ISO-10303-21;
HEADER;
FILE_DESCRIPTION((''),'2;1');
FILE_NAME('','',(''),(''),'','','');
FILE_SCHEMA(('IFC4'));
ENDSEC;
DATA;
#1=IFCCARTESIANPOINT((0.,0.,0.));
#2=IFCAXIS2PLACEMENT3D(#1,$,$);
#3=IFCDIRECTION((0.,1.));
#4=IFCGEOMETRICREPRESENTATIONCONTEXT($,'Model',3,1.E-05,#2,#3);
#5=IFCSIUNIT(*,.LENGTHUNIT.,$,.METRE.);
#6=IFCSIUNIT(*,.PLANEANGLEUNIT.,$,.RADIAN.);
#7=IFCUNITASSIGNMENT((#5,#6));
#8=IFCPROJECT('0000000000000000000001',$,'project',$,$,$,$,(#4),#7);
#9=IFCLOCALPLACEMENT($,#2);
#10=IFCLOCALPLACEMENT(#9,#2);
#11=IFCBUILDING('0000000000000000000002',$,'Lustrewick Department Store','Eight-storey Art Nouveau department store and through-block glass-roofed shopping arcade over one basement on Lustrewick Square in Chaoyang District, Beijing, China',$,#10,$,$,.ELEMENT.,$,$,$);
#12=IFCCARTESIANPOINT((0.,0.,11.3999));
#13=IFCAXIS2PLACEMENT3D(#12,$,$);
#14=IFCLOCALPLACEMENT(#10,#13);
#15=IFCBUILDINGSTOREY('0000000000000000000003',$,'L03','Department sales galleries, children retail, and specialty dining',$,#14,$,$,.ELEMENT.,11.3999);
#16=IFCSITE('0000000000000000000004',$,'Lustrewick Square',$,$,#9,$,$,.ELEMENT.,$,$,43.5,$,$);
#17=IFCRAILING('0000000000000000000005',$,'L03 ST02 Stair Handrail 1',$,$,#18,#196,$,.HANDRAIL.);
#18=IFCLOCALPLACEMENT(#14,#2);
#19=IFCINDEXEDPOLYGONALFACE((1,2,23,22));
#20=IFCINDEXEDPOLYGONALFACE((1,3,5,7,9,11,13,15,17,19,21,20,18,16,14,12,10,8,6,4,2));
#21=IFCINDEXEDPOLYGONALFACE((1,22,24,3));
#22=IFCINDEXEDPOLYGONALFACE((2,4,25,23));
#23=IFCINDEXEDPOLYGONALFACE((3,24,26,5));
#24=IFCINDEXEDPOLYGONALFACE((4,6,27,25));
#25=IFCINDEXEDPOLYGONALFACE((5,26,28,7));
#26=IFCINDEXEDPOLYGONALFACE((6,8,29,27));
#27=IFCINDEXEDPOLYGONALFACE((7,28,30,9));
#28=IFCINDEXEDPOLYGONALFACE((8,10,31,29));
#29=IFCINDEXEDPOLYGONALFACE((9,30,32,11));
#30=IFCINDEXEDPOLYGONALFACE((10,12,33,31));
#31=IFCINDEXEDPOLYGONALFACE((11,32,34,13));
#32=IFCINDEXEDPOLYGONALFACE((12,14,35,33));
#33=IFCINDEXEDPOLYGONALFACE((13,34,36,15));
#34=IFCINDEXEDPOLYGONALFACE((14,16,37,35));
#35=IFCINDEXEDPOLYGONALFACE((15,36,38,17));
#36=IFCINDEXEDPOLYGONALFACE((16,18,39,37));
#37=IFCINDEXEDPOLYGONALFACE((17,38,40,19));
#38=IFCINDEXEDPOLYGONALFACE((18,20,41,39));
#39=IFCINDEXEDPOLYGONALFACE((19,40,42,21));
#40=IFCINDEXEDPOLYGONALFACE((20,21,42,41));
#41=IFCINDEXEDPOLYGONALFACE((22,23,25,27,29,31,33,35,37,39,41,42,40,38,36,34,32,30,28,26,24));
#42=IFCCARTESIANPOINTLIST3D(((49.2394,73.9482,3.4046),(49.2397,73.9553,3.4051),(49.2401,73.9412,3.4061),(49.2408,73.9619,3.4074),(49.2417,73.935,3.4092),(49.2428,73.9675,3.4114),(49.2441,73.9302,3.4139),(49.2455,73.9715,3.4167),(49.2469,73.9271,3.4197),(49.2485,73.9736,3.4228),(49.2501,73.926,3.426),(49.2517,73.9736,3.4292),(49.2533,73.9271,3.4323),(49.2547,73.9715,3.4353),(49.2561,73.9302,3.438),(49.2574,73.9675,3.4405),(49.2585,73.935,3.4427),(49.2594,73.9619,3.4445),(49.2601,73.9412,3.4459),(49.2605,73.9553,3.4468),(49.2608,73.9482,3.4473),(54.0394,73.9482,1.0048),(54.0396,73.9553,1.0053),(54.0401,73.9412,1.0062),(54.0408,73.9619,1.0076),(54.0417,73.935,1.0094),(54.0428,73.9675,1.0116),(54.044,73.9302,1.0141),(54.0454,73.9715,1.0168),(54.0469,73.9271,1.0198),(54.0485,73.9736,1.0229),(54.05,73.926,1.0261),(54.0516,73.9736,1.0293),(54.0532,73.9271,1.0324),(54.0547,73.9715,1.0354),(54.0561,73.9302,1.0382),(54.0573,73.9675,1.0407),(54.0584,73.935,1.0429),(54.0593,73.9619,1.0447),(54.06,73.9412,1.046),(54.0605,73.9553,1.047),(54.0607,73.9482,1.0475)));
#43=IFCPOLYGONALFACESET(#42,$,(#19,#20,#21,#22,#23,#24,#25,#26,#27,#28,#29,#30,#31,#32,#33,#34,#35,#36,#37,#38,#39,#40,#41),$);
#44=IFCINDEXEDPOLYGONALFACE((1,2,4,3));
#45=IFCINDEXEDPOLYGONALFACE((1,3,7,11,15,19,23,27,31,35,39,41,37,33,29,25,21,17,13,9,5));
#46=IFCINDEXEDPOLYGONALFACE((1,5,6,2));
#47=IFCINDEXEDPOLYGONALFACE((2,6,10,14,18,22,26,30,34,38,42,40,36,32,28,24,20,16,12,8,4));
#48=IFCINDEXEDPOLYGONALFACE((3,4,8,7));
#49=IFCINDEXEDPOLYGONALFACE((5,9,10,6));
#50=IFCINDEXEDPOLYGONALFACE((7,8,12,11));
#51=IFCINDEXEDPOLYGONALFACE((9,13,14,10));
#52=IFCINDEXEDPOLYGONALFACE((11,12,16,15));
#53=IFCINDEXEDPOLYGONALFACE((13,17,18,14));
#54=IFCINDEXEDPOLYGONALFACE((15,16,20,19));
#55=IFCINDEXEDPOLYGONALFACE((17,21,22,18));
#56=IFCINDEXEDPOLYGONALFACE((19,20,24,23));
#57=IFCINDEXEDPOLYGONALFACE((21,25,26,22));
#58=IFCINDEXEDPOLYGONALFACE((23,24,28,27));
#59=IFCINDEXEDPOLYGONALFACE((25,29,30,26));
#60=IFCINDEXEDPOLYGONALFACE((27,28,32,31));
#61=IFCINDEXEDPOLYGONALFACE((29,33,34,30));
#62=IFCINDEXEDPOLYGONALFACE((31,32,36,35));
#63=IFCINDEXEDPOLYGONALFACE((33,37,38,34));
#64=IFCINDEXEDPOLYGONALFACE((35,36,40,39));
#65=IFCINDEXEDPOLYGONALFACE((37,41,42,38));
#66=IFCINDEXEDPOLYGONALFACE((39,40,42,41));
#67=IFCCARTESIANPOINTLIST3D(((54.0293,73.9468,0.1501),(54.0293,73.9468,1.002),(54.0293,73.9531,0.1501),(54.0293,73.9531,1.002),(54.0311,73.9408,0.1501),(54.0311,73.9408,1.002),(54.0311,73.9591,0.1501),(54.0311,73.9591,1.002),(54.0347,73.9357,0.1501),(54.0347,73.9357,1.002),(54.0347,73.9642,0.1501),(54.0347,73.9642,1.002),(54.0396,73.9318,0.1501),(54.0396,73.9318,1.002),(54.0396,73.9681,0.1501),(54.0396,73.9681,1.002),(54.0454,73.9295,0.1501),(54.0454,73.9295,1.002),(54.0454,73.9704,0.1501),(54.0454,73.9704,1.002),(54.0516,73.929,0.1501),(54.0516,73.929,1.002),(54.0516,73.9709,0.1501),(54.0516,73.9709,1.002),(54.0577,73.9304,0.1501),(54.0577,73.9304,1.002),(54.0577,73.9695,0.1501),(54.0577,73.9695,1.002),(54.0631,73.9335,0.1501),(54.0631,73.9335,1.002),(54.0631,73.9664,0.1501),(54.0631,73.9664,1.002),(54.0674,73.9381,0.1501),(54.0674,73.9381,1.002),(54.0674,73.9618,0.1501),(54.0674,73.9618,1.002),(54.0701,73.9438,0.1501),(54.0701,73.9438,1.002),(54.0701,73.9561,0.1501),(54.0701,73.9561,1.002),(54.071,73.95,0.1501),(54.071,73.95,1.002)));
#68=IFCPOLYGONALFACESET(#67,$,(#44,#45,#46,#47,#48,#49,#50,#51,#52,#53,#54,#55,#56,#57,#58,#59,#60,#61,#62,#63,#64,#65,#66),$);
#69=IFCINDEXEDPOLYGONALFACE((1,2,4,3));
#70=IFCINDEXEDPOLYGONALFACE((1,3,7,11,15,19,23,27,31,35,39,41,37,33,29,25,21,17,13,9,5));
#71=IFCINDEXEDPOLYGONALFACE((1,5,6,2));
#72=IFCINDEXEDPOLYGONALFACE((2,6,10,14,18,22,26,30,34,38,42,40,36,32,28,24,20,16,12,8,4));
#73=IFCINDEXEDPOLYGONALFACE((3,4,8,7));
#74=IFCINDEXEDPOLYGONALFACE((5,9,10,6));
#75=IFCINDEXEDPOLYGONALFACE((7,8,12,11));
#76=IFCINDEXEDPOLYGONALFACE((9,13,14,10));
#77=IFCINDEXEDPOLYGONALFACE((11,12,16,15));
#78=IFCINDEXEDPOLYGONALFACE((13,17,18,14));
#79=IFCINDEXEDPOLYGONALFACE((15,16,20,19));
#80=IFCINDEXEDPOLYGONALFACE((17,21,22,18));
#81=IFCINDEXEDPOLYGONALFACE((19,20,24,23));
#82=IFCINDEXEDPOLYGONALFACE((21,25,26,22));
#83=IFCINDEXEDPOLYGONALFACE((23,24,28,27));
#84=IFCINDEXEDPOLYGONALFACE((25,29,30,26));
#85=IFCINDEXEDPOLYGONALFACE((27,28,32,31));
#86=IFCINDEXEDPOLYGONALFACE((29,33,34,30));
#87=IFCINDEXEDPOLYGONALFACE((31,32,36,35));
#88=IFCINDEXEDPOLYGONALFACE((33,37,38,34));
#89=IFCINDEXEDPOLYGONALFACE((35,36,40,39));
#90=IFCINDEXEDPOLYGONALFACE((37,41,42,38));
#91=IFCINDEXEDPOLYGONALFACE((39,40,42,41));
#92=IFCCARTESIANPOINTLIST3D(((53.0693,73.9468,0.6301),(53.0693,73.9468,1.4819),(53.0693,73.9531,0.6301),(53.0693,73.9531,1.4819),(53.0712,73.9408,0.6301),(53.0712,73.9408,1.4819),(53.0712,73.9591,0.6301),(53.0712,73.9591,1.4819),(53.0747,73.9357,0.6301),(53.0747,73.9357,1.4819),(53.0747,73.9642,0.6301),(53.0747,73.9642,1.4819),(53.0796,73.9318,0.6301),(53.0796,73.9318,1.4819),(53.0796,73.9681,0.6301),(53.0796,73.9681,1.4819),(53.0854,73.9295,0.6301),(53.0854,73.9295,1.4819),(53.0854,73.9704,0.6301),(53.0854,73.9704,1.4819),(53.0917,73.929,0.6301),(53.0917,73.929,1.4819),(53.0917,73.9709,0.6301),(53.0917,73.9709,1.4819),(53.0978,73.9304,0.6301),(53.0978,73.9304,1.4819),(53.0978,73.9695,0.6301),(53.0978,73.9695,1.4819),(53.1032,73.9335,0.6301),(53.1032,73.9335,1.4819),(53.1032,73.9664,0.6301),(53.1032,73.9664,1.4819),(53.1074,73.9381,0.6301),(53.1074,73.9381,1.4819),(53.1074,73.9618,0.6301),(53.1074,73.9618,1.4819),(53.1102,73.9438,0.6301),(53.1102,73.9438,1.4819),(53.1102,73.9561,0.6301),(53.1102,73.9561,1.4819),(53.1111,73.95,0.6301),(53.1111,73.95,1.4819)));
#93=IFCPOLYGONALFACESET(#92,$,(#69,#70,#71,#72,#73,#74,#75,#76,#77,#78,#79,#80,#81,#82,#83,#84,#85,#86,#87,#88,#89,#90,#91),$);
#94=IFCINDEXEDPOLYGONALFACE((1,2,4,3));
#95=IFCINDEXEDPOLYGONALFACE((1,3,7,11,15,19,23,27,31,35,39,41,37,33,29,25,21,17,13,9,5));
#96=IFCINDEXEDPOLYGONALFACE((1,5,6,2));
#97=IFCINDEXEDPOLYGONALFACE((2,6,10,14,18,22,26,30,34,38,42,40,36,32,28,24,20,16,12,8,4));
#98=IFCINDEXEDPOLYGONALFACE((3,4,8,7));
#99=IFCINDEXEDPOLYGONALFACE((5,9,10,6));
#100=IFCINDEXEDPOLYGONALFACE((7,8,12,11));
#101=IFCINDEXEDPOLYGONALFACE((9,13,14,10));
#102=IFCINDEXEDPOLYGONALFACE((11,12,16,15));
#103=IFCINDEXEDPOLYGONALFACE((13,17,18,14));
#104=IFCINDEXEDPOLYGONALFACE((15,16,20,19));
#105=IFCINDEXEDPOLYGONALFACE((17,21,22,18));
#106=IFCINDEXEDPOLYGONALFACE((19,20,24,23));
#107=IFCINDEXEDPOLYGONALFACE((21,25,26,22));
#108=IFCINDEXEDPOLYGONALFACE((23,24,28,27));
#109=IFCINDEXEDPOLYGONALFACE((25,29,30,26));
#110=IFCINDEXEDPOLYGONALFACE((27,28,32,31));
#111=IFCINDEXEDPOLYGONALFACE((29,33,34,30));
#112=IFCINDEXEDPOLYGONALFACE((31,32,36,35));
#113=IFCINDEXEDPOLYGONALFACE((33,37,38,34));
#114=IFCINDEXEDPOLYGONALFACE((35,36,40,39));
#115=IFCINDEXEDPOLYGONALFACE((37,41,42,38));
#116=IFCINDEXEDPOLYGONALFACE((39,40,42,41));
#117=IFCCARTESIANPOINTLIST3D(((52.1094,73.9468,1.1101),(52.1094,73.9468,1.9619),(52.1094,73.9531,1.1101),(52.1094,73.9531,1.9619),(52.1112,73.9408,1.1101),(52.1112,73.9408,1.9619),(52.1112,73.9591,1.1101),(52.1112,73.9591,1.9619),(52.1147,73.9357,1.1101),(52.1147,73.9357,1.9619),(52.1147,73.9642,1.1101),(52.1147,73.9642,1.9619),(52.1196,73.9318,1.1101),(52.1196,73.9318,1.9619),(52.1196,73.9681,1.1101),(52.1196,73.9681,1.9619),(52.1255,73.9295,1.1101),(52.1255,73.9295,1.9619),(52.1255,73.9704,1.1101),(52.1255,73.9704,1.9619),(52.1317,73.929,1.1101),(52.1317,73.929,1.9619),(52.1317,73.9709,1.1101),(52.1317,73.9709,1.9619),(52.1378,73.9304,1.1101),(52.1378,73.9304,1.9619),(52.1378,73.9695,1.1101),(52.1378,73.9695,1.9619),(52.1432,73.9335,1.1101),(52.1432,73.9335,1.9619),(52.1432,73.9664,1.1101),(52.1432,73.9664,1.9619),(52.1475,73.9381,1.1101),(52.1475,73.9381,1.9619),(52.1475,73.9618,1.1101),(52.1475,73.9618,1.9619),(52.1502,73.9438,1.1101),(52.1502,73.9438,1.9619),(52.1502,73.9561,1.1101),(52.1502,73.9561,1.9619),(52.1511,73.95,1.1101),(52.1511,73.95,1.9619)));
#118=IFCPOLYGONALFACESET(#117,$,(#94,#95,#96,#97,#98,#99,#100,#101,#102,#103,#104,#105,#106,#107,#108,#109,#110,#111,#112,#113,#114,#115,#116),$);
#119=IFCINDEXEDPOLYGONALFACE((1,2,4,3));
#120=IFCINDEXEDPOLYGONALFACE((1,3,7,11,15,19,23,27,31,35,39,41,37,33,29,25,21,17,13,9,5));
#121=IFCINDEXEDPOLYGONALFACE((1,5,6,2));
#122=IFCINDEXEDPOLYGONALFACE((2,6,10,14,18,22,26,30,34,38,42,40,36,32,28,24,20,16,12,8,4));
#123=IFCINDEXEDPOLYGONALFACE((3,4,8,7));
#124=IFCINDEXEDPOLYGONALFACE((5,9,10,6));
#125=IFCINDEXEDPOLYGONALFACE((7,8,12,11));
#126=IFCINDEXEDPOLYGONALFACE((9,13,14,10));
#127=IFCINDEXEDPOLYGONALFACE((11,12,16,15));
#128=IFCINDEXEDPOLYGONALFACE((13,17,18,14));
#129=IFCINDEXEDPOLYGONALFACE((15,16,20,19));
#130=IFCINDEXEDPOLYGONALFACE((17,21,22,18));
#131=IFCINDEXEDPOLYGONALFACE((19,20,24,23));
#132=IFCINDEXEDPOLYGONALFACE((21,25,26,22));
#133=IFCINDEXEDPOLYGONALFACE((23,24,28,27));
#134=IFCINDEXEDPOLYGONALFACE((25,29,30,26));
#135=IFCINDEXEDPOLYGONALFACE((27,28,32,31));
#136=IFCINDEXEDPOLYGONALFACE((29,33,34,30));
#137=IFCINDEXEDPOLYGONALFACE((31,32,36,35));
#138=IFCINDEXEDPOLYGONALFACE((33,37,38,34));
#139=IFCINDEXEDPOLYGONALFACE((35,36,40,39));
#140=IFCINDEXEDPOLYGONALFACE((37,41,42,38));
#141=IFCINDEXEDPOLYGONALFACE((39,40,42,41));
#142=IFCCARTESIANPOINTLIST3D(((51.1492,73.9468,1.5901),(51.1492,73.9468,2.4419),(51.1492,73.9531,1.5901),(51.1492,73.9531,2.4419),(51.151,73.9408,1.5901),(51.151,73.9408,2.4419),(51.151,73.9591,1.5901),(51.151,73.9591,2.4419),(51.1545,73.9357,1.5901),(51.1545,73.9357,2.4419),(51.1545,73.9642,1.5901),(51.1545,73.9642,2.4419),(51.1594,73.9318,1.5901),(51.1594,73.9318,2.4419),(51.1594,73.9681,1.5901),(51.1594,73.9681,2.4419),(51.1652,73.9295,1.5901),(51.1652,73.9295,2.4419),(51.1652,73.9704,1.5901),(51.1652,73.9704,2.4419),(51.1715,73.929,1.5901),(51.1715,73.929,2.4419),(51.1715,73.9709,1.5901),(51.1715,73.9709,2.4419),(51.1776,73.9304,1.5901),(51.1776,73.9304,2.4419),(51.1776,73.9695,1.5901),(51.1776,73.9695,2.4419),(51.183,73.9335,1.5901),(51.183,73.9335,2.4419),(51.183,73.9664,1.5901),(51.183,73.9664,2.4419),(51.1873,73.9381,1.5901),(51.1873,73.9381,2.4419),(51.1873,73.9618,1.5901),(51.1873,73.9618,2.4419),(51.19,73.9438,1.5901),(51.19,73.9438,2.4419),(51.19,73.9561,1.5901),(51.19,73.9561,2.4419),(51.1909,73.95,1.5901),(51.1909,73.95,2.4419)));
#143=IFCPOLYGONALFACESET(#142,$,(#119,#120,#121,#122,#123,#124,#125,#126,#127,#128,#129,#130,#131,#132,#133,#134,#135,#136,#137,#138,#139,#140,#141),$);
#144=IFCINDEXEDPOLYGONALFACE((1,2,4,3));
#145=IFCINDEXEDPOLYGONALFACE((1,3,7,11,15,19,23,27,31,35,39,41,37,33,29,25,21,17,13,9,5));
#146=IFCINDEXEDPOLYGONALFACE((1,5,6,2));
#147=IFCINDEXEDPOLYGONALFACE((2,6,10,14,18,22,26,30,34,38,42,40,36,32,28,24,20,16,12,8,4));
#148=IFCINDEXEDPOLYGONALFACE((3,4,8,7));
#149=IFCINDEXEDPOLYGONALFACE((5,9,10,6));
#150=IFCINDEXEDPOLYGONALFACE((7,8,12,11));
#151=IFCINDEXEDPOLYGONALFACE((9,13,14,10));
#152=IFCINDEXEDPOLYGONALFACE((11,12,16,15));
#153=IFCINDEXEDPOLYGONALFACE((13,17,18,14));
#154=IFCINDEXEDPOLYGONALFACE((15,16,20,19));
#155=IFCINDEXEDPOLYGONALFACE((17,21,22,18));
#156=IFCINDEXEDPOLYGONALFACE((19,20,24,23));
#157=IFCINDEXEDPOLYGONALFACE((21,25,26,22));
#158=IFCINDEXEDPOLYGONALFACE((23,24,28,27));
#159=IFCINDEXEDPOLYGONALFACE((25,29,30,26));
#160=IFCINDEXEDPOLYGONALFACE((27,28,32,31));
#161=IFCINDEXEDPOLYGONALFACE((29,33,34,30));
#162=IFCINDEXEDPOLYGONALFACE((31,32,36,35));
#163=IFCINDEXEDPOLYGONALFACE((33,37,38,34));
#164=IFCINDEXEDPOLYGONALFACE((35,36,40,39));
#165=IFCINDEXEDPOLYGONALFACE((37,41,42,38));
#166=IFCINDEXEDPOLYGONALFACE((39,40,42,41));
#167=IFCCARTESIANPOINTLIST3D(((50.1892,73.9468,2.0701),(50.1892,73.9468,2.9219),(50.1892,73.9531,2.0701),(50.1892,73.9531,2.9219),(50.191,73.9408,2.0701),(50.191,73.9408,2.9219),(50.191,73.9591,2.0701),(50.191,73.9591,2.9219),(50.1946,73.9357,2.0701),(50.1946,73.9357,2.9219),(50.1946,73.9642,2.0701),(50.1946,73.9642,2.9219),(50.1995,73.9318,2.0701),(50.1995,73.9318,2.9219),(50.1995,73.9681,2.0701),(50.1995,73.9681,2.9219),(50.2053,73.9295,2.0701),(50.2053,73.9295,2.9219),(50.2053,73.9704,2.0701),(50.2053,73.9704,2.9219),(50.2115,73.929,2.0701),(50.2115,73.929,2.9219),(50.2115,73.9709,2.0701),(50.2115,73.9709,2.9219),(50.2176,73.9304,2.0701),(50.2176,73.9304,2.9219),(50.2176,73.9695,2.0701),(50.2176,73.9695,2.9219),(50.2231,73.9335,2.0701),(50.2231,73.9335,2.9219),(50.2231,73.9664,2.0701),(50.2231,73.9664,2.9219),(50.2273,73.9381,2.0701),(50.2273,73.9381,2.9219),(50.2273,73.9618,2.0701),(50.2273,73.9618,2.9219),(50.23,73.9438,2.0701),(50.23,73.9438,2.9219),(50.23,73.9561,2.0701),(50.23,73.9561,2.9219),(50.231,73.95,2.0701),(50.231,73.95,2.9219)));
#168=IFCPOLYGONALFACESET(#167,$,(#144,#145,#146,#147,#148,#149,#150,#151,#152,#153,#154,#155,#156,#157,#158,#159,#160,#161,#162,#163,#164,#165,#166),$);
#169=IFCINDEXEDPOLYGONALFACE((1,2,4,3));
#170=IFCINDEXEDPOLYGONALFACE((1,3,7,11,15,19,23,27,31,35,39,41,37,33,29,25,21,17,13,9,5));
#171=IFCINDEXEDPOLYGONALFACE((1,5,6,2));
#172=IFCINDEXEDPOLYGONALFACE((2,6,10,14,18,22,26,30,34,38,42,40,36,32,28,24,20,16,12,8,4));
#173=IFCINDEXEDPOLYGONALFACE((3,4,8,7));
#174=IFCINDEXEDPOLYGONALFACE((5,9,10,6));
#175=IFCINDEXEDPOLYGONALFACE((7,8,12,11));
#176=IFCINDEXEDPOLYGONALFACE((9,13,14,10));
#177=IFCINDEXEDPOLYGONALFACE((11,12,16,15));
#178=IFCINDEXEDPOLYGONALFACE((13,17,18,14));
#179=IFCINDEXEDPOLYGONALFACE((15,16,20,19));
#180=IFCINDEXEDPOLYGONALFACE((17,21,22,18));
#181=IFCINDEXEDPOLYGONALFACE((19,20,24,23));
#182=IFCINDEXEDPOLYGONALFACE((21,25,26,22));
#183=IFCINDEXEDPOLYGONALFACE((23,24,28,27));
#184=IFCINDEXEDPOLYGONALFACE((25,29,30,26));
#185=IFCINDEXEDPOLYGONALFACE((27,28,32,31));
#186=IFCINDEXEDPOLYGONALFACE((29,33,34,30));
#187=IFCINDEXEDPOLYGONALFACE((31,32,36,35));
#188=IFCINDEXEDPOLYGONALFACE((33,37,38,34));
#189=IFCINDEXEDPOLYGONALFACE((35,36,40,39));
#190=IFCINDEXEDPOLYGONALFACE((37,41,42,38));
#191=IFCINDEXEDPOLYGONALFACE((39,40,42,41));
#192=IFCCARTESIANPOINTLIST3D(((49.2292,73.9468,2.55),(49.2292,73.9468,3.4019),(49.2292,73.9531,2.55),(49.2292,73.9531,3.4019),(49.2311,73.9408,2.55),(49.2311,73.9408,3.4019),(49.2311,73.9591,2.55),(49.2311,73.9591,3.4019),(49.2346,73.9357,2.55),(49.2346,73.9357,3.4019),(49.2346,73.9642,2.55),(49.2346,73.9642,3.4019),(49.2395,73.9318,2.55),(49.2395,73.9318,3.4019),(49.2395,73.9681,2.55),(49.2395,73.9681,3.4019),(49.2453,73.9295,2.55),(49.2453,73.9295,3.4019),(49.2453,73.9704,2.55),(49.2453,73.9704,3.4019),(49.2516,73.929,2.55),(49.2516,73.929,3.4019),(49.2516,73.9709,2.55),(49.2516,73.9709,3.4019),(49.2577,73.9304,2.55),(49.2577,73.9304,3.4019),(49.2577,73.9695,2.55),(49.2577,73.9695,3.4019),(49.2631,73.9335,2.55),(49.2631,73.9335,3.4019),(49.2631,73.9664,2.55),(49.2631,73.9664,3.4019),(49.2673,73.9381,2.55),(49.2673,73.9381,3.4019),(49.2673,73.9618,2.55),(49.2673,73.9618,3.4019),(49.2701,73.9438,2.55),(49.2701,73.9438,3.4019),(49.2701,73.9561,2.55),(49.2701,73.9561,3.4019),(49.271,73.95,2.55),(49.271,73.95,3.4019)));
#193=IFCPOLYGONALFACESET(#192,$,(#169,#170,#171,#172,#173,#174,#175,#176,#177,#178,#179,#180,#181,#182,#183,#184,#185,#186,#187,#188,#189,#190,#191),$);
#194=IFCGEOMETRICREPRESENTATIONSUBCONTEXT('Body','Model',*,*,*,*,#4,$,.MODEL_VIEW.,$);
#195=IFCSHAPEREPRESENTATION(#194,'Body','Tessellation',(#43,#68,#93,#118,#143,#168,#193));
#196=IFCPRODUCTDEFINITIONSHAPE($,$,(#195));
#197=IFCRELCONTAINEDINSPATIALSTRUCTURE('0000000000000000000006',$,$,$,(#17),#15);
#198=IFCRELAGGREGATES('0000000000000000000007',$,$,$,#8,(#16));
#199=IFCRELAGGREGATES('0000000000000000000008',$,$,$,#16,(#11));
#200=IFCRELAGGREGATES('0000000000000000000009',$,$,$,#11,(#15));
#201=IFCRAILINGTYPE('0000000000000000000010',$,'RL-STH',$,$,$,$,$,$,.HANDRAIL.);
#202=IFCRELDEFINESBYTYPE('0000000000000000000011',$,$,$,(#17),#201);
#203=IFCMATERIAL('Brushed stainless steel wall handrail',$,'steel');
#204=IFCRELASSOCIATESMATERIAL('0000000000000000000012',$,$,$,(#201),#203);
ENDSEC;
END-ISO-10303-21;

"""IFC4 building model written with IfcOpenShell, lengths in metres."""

from ifc_helpers import new_model, si_unit, direction, frame, origin, origin_2d, place, context, subcontext, project, spatial, circle, extrude, material, type_object, element, save


model = new_model("IFC4")

# Units and contexts
model_context = context("Model", 3, precision=1e-05, world=origin(), true_north=direction((0.0, 1.0)))
body_context = subcontext(model_context, "Body", "Model", "MODEL_VIEW")
ifc_project = project(units=[si_unit("LENGTHUNIT", "METRE"), si_unit("PLANEANGLEUNIT", "RADIAN")], contexts=[model_context])

# Site, building, storey
site_placement = place(None, origin())
site = spatial("IfcSite", under=ifc_project, at=site_placement, Name="Lustrewick Square", CompositionType="ELEMENT", RefElevation=43.5)
building_placement = place(site_placement, origin())
building = spatial("IfcBuilding", under=site, at=building_placement, Name="Lustrewick Department Store", Description="Eight-storey Art Nouveau department store and through-block glass-roofed shopping arcade over one basement on Lustrewick Square in Chaoyang District, Beijing, China", CompositionType="ELEMENT")
storey_placement = place(building_placement, frame((0.0, 0.0, 11.3999)))
storey = spatial("IfcBuildingStorey", under=building, at=storey_placement, Name="L03", Description="Department sales galleries, children retail, and specialty dining", CompositionType="ELEMENT", Elevation=11.3999)

# Railing
ifc_material_1 = material(Name="Brushed stainless steel wall handrail", Category="steel")
railing_type_1 = type_object("IfcRailingType", Name="RL-STH", PredefinedType="HANDRAIL", material=ifc_material_1)
railing_1_placement = place(storey_placement, frame((54.05, 73.95, 0.1501)))
element("IfcRailing", 1, at=railing_1_placement, inside=storey, type_object=railing_type_1, Name="L03 ST02 Stair Handrail 1", PredefinedType="HANDRAIL", context=body_context, shape_type="SweptSolid", body=[
    extrude(circle(Radius=0.0239, at=origin_2d()), frame((0.0, 0.0, 0.876), z_axis=(-0.894436, 0.0, 0.447195), x_axis=(0.0, -1.0, 0.0)), (0.0, 0.0, 1.0), 5.3665),
    extrude(circle(Radius=0.021, at=origin_2d()), origin(), (0.0, 0.0, 1.0), 0.8518),
    extrude(circle(Radius=0.021, at=origin_2d()), frame((-0.96, 0.0, 0.48)), (0.0, 0.0, 1.0), 0.8518),
    extrude(circle(Radius=0.021, at=origin_2d()), frame((-1.9199, 0.0, 0.96)), (0.0, 0.0, 1.0), 0.8518),
    extrude(circle(Radius=0.021, at=origin_2d()), frame((-2.8801, 0.0, 1.4399)), (0.0, 0.0, 1.0), 0.8518),
    extrude(circle(Radius=0.021, at=origin_2d()), frame((-3.8401, 0.0, 1.9199)), (0.0, 0.0, 1.0), 0.8518),
    extrude(circle(Radius=0.021, at=origin_2d()), frame((-4.8, 0.0, 2.3999)), (0.0, 0.0, 1.0), 0.8518),
])

save(model, "model.ifc")
